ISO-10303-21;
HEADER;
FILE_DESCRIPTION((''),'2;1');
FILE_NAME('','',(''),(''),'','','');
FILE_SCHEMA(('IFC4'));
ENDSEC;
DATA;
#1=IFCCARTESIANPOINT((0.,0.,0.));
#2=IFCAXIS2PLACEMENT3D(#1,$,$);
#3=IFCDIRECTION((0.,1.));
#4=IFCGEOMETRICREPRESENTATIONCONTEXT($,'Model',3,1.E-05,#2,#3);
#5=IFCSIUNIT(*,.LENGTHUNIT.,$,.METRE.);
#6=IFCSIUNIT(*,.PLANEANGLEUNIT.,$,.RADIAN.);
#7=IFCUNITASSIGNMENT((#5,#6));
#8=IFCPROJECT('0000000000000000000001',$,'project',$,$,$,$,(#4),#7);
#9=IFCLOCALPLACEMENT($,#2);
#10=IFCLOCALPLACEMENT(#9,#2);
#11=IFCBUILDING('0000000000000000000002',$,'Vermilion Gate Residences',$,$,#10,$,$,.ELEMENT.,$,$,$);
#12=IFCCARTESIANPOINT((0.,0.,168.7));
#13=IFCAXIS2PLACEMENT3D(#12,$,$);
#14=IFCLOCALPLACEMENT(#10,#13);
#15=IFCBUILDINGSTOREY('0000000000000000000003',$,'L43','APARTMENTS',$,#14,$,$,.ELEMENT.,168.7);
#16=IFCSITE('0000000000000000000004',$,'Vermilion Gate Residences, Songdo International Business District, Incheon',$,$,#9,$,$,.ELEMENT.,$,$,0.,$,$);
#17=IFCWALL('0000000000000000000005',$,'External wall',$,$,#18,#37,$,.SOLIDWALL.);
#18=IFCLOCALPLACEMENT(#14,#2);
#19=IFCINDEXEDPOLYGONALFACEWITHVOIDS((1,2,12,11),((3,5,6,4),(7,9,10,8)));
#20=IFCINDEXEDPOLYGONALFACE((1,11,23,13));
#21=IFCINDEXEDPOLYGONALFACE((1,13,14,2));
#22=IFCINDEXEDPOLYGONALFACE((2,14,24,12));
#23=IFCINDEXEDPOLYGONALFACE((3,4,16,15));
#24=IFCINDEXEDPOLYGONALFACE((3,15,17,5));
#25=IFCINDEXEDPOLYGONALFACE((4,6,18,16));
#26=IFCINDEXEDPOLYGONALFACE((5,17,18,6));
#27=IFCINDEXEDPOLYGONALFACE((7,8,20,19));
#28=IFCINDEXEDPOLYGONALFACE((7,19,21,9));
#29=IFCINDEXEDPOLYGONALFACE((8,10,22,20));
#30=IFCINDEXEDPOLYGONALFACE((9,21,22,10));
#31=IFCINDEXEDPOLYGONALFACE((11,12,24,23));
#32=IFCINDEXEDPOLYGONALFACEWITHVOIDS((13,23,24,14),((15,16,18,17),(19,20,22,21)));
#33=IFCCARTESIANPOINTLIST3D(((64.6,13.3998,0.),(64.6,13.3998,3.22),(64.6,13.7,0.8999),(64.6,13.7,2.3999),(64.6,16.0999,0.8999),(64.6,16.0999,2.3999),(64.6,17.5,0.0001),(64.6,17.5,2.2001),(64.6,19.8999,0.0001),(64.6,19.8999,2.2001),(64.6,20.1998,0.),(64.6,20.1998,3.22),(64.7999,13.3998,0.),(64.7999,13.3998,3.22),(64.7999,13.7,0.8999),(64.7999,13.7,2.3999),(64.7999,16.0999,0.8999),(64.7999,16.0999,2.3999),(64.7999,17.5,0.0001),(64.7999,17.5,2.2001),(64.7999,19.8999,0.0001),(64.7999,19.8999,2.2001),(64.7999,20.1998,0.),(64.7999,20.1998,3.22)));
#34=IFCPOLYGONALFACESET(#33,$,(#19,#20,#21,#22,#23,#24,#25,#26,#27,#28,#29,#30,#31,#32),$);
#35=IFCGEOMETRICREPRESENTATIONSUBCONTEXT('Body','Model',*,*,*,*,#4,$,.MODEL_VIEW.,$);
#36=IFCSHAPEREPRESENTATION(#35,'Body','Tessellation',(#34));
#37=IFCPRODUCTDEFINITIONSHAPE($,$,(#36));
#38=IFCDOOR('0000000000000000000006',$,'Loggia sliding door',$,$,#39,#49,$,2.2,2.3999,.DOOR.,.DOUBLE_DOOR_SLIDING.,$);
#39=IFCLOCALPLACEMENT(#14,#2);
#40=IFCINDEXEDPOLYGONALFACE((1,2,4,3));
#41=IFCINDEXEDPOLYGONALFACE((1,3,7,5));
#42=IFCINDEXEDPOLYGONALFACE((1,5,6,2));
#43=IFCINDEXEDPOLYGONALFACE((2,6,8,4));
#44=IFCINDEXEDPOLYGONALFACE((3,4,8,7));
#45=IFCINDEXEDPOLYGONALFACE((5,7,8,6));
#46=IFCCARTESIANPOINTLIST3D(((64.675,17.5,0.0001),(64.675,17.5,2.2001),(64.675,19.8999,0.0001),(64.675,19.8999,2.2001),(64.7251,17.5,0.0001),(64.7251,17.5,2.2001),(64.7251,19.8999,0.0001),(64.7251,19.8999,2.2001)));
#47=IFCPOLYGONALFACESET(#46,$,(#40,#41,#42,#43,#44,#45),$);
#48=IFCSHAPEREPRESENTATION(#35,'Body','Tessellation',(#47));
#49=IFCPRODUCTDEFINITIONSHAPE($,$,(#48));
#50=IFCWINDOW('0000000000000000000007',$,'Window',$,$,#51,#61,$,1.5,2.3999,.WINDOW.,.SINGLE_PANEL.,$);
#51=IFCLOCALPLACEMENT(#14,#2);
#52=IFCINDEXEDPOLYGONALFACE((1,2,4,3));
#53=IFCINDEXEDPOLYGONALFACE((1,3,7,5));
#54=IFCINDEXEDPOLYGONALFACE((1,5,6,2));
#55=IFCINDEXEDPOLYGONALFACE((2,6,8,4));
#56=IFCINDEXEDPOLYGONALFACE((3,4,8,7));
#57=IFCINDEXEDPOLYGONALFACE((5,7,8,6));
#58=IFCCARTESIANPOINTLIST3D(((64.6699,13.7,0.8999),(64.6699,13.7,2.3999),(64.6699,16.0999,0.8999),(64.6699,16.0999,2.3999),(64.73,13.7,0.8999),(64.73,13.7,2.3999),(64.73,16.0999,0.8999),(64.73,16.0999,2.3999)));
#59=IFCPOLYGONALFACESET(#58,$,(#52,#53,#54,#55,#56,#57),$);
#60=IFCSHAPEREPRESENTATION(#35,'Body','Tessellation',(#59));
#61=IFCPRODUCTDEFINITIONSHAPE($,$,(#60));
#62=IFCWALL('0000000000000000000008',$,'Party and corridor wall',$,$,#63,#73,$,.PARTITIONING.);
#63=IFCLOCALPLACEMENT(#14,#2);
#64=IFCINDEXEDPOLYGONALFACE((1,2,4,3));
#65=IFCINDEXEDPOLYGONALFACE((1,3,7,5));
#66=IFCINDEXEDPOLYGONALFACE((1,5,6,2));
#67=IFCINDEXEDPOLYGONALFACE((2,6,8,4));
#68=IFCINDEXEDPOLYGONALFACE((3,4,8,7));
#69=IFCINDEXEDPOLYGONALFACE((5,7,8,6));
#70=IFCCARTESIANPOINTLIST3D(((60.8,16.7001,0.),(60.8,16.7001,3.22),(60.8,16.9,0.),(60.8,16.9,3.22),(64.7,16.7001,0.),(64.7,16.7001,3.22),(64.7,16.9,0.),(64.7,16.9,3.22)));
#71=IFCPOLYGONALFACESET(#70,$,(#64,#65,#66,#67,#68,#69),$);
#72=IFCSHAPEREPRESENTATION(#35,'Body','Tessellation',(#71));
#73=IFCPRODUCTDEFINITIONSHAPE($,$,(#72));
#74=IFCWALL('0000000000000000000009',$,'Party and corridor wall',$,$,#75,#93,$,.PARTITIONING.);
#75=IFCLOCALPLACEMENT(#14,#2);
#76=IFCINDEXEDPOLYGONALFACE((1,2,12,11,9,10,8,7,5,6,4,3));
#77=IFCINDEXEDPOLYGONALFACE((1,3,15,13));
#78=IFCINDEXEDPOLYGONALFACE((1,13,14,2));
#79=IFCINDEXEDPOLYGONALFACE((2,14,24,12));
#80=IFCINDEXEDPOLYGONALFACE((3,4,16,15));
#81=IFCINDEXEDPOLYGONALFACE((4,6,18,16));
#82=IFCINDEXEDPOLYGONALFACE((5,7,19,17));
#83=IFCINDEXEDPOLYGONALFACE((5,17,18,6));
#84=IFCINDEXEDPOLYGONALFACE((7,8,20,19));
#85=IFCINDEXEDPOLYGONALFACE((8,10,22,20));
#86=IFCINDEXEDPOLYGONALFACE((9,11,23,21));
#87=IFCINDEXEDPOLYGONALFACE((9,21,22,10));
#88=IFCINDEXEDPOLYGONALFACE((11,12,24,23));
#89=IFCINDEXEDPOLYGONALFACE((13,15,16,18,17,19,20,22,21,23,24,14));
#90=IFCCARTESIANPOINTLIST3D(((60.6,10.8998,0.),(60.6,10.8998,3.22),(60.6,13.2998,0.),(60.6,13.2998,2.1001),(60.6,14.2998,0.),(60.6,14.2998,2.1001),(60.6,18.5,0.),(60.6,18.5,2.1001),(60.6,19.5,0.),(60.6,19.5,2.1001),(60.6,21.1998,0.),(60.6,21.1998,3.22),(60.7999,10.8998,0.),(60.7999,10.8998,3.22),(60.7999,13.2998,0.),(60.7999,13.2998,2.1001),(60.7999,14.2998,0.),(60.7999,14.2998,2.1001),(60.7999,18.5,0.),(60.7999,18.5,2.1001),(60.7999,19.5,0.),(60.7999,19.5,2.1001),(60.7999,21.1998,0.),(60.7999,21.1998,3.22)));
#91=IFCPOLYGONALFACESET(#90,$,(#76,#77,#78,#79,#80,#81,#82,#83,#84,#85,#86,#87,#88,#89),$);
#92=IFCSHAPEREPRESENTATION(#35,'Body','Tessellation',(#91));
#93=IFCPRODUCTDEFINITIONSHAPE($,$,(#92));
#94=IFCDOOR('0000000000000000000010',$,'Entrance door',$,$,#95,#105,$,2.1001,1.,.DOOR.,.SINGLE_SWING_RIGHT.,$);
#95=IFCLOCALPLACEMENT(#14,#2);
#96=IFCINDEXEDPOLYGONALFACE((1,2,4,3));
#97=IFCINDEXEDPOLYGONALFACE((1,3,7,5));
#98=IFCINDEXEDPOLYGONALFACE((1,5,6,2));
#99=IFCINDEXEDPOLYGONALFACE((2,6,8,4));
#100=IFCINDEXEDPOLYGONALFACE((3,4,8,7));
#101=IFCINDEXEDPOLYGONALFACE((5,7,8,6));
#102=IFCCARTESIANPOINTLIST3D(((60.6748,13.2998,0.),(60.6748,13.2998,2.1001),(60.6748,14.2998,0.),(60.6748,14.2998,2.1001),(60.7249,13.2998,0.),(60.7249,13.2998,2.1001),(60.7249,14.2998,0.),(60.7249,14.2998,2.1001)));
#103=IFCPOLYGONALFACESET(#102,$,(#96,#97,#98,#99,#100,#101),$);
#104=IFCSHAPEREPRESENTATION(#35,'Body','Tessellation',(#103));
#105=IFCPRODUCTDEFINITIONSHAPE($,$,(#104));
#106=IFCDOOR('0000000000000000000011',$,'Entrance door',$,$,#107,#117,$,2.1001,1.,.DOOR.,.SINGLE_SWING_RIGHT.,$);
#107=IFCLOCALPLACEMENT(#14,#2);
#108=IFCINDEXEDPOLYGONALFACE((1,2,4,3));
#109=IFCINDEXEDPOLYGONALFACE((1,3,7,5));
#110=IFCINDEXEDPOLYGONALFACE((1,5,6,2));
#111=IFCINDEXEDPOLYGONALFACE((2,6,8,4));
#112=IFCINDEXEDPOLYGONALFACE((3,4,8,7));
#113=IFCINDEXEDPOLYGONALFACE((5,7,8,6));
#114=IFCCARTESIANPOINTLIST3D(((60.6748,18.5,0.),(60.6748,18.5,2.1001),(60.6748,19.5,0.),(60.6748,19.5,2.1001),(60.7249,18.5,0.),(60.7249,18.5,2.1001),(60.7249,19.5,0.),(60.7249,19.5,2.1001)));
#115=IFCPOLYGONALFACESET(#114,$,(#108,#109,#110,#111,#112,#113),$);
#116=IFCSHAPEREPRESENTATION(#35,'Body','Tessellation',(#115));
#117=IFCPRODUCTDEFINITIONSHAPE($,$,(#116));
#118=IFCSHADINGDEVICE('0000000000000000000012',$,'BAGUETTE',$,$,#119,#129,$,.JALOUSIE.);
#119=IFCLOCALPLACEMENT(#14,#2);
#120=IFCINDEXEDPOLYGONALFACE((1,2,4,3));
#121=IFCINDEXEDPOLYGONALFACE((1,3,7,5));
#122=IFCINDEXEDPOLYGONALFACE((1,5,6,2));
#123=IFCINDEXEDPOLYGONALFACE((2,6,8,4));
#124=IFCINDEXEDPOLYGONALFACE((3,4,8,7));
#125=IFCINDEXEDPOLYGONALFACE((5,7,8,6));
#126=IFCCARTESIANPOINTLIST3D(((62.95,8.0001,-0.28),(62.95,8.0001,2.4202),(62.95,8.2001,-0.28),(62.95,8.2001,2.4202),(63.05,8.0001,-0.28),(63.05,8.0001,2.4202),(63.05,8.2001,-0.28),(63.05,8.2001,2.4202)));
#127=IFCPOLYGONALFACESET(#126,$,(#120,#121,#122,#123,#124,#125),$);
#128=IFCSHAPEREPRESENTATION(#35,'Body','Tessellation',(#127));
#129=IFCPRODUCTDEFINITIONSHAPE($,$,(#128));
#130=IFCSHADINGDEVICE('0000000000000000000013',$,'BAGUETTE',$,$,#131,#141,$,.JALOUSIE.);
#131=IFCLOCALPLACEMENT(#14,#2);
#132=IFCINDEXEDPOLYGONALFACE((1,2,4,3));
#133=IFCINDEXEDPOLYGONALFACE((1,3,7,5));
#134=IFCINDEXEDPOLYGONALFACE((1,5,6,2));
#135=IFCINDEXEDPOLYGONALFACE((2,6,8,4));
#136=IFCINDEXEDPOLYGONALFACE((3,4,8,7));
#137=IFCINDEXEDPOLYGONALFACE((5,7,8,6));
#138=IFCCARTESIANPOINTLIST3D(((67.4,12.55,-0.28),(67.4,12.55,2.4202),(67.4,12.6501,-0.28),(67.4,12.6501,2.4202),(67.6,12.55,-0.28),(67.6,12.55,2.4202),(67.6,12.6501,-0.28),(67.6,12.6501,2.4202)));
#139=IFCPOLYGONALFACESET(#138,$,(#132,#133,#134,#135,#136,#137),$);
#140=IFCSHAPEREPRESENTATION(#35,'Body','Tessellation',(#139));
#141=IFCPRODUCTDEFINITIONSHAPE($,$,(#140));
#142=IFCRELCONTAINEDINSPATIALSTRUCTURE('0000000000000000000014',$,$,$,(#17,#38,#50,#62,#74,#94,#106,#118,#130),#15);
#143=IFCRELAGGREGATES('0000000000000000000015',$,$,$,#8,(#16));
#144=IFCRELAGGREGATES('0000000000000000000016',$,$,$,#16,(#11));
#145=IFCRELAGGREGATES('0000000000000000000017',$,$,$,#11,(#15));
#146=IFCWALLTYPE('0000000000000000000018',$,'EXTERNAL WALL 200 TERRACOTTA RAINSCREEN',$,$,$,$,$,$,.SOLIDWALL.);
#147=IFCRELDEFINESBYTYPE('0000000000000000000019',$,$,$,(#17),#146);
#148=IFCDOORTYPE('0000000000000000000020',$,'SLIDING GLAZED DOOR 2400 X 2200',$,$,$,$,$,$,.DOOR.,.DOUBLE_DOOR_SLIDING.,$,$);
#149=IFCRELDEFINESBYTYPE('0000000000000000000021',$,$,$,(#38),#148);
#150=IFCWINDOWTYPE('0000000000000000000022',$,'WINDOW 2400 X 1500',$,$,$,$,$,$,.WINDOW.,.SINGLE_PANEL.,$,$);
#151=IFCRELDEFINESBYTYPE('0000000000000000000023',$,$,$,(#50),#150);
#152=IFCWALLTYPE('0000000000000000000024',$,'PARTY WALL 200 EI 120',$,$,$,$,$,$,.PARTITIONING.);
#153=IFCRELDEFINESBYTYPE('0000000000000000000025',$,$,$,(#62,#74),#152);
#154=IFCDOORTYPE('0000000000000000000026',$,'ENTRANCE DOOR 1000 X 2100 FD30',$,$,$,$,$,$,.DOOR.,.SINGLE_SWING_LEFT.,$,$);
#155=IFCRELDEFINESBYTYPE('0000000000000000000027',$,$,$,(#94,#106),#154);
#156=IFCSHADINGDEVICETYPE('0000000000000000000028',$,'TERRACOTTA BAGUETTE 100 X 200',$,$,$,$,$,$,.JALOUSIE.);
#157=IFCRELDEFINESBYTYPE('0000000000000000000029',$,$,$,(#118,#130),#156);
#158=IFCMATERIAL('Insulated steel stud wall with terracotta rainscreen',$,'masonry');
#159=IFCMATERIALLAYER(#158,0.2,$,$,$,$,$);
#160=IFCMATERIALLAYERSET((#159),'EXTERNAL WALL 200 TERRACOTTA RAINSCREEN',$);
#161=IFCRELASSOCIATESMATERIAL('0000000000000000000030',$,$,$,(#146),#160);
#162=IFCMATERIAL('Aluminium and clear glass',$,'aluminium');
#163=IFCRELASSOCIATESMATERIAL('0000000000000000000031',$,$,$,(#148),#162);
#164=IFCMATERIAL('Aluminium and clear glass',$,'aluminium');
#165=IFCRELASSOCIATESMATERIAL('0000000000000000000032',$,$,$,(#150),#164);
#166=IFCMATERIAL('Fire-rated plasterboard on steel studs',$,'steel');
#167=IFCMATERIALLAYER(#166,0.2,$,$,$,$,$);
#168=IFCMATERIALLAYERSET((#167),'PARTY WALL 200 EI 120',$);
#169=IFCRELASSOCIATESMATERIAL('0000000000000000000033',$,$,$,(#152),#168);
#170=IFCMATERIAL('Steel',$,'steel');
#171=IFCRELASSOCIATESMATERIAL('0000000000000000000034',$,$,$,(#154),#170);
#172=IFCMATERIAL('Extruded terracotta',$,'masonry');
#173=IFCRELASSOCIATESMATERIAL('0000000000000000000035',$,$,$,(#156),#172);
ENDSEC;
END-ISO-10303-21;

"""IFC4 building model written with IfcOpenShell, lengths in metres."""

from ifc_helpers import new_model, si_unit, direction, frame, frame_2d, origin, origin_2d, place, context, subcontext, project, spatial, rectangle, extrude, material, layer, layer_set, material_profile, profile_set, type_object, element, fill, save


model = new_model("IFC4")

# Units and contexts
model_context = context("Model", 3, precision=1e-05, world=origin(), true_north=direction((0.0, 1.0)))
body_context = subcontext(model_context, "Body", "Model", "MODEL_VIEW")
ifc_project = project(units=[si_unit("LENGTHUNIT", "METRE"), si_unit("PLANEANGLEUNIT", "RADIAN")], contexts=[model_context])

# Site, building, storey
site_placement = place(None, origin())
site = spatial("IfcSite", under=ifc_project, at=site_placement, Name="Vermilion Gate Residences, Songdo International Business District, Incheon", CompositionType="ELEMENT", RefElevation=0.0)
building_placement = place(site_placement, origin())
building = spatial("IfcBuilding", under=site, at=building_placement, Name="Vermilion Gate Residences", CompositionType="ELEMENT")
storey_placement = place(building_placement, frame((0.0, 0.0, 168.7)))
storey = spatial("IfcBuildingStorey", under=building, at=storey_placement, Name="L43", Description="APARTMENTS", CompositionType="ELEMENT", Elevation=168.7)

# Shared definitions
ifc_material_1 = material(Name="Insulated steel stud wall with terracotta rainscreen", Category="masonry")
ifc_layer_1 = layer(ifc_material_1, 0.2)
ifc_layer_set_1 = layer_set([ifc_layer_1], Name="EXTERNAL WALL 200 TERRACOTTA RAINSCREEN")
wall_type_1 = type_object("IfcWallType", Name="EXTERNAL WALL 200 TERRACOTTA RAINSCREEN", PredefinedType="SOLIDWALL", material=ifc_layer_set_1)

# Wall, openings, door, window
wall_1_placement = place(storey_placement, frame((64.7, 13.3999, 0.0), z_axis=(0.0, 0.0, 1.0), x_axis=(0.0, 1.0, 0.0)))
wall_1 = element("IfcWall", 1, at=wall_1_placement, inside=storey, type_object=wall_type_1, Name="External wall", PredefinedType="SOLIDWALL", context=body_context, shape_type="SweptSolid", body=[
    extrude(rectangle(XDim=6.8, YDim=0.2, at=frame_2d((3.3999, 0.0))), origin(), (0.0, 0.0, 1.0), 3.22),
])
opening_1_placement = place(wall_1_placement, frame((0.3, 0.0, 0.8999)))
opening_1 = element("IfcOpeningElement", 2, at=opening_1_placement, cuts=wall_1, PredefinedType="OPENING", context=body_context, shape_type="SweptSolid", body=[
    extrude(rectangle(XDim=2.3999, YDim=1.5, at=frame_2d((1.2, 0.75))), frame((0.0, 0.1099, 0.0), z_axis=(0.0, -1.0, 0.0), x_axis=(1.0, 0.0, 0.0)), (0.0, 0.0, 1.0), 0.22),
])
opening_2_placement = place(wall_1_placement, frame((4.1001, 0.0, 0.0)))
opening_2 = element("IfcOpeningElement", 3, at=opening_2_placement, cuts=wall_1, PredefinedType="OPENING", context=body_context, shape_type="SweptSolid", body=[
    extrude(rectangle(XDim=2.3999, YDim=2.2, at=frame_2d((1.2, 1.1001))), frame((0.0, 0.1099, 0.0), z_axis=(0.0, -1.0, 0.0), x_axis=(1.0, 0.0, 0.0)), (0.0, 0.0, 1.0), 0.22),
])
ifc_material_2 = material(Name="Aluminium and clear glass", Category="aluminium")
door_type_1 = type_object("IfcDoorType", Name="SLIDING GLAZED DOOR 2400 X 2200", OperationType="DOUBLE_DOOR_SLIDING", PredefinedType="DOOR", material=ifc_material_2)
door_1_placement = place(opening_2_placement, origin())
door_1 = element("IfcDoor", 4, at=door_1_placement, inside=storey, type_object=door_type_1, Name="Loggia sliding door", OperationType="DOUBLE_DOOR_SLIDING", OverallHeight=2.2, OverallWidth=2.3999, PredefinedType="DOOR", context=body_context, shape_type="SweptSolid", body=[
    extrude(rectangle(XDim=2.3999, YDim=2.2, at=frame_2d((1.2, 1.1001))), frame((0.0, 0.0249, 0.0), z_axis=(0.0, -1.0, 0.0), x_axis=(1.0, 0.0, 0.0)), (0.0, 0.0, 1.0), 0.05),
])
fill(opening_2, door_1)
ifc_material_3 = material(Name="Aluminium and clear glass", Category="aluminium")
window_type_1 = type_object("IfcWindowType", Name="WINDOW 2400 X 1500", PartitioningType="SINGLE_PANEL", PredefinedType="WINDOW", material=ifc_material_3)
window_1_placement = place(opening_1_placement, origin())
window_1 = element("IfcWindow", 5, at=window_1_placement, inside=storey, type_object=window_type_1, Name="Window", OverallHeight=1.5, OverallWidth=2.3999, PartitioningType="SINGLE_PANEL", PredefinedType="WINDOW", context=body_context, shape_type="SweptSolid", body=[
    extrude(rectangle(XDim=2.3999, YDim=1.5, at=frame_2d((1.2, 0.75))), frame((0.0, 0.03, 0.0), z_axis=(0.0, -1.0, 0.0), x_axis=(1.0, 0.0, 0.0)), (0.0, 0.0, 1.0), 0.0601),
])
fill(opening_1, window_1)

# Wall
ifc_material_4 = material(Name="Fire-rated plasterboard on steel studs", Category="steel")
ifc_layer_2 = layer(ifc_material_4, 0.2)
ifc_layer_set_2 = layer_set([ifc_layer_2], Name="PARTY WALL 200 EI 120")
wall_type_2 = type_object("IfcWallType", Name="PARTY WALL 200 EI 120", PredefinedType="PARTITIONING", material=ifc_layer_set_2)
wall_2_placement = place(storey_placement, frame((60.8, 16.8, 0.0), z_axis=(0.0, 0.0, 1.0), x_axis=(1.0, 0.0, 0.0)))
element("IfcWall", 6, at=wall_2_placement, inside=storey, type_object=wall_type_2, Name="Party and corridor wall", PredefinedType="PARTITIONING", context=body_context, shape_type="SweptSolid", body=[
    extrude(rectangle(XDim=3.8999, YDim=0.2, at=frame_2d((1.95, 0.0))), origin(), (0.0, 0.0, 1.0), 3.22),
])

# Wall, openings, doors
wall_3_placement = place(storey_placement, frame((60.7, 10.8999, 0.0), z_axis=(0.0, 0.0, 1.0), x_axis=(0.0, 1.0, 0.0)))
wall_3 = element("IfcWall", 7, at=wall_3_placement, inside=storey, type_object=wall_type_2, Name="Party and corridor wall", PredefinedType="PARTITIONING", context=body_context, shape_type="SweptSolid", body=[
    extrude(rectangle(XDim=10.3, YDim=0.2, at=frame_2d((5.1499, 0.0))), origin(), (0.0, 0.0, 1.0), 3.22),
])
opening_3_placement = place(wall_3_placement, frame((2.3999, 0.0, 0.0)))
opening_3 = element("IfcOpeningElement", 8, at=opening_3_placement, cuts=wall_3, PredefinedType="OPENING", context=body_context, shape_type="SweptSolid", body=[
    extrude(rectangle(XDim=1.0, YDim=2.1001, at=frame_2d((0.5, 1.05))), frame((0.0, 0.1099, 0.0), z_axis=(0.0, -1.0, 0.0), x_axis=(1.0, 0.0, 0.0)), (0.0, 0.0, 1.0), 0.22),
])
opening_4_placement = place(wall_3_placement, frame((7.6001, 0.0, 0.0)))
opening_4 = element("IfcOpeningElement", 9, at=opening_4_placement, cuts=wall_3, PredefinedType="OPENING", context=body_context, shape_type="SweptSolid", body=[
    extrude(rectangle(XDim=1.0, YDim=2.1001, at=frame_2d((0.5, 1.05))), frame((0.0, 0.1099, 0.0), z_axis=(0.0, -1.0, 0.0), x_axis=(1.0, 0.0, 0.0)), (0.0, 0.0, 1.0), 0.22),
])
ifc_material_5 = material(Name="Steel", Category="steel")
door_type_2 = type_object("IfcDoorType", Name="ENTRANCE DOOR 1000 X 2100 FD30", OperationType="SINGLE_SWING_LEFT", PredefinedType="DOOR", material=ifc_material_5)
door_2_placement = place(opening_3_placement, frame((1.0, 0.0, 0.0), z_axis=(0.0, 0.0, 1.0), x_axis=(-1.0, 0.0, 0.0)))
door_2 = element("IfcDoor", 10, at=door_2_placement, inside=storey, type_object=door_type_2, Name="Entrance door", OperationType="SINGLE_SWING_RIGHT", OverallHeight=2.1001, OverallWidth=1.0, PredefinedType="DOOR", context=body_context, shape_type="SweptSolid", body=[
    extrude(rectangle(XDim=1.0, YDim=2.1001, at=frame_2d((0.5, 1.05))), frame((0.0, 0.0249, 0.0), z_axis=(0.0, -1.0, 0.0), x_axis=(1.0, 0.0, 0.0)), (0.0, 0.0, 1.0), 0.05),
])
fill(opening_3, door_2)
door_3_placement = place(opening_4_placement, frame((1.0, 0.0, 0.0), z_axis=(0.0, 0.0, 1.0), x_axis=(-1.0, 0.0, 0.0)))
door_3 = element("IfcDoor", 11, at=door_3_placement, inside=storey, type_object=door_type_2, Name="Entrance door", OperationType="SINGLE_SWING_RIGHT", OverallHeight=2.1001, OverallWidth=1.0, PredefinedType="DOOR", context=body_context, shape_type="SweptSolid", body=[
    extrude(rectangle(XDim=1.0, YDim=2.1001, at=frame_2d((0.5, 1.05))), frame((0.0, 0.0249, 0.0), z_axis=(0.0, -1.0, 0.0), x_axis=(1.0, 0.0, 0.0)), (0.0, 0.0, 1.0), 0.05),
])
fill(opening_4, door_3)

# Shading devices
ifc_material_6 = material(Name="Extruded terracotta", Category="masonry")
ifc_material_profile_1 = material_profile(ifc_material_6, rectangle(XDim=0.2, YDim=0.1001, at=origin_2d()), Name="BAGUETTE 100 X 200")
ifc_profile_set_1 = profile_set([ifc_material_profile_1], Name="Extruded terracotta")
shading_device_type = type_object("IfcShadingDeviceType", Name="TERRACOTTA BAGUETTE 100 X 200", PredefinedType="JALOUSIE", material=ifc_profile_set_1)
for number, where, z_axis, x_axis, name in (
    (12, (63.0, 8.1001, -0.28), (0.0, 0.0, 1.0), (0.0, 1.0, 0.0), "BAGUETTE"),
    (13, (67.5, 12.6001, -0.28), (0.0, 0.0, 1.0), (-1.0, 0.0, 0.0), "BAGUETTE"),
):
    element("IfcShadingDevice", number, at=place(storey_placement, frame(where, z_axis=z_axis, x_axis=x_axis)), inside=storey, type_object=shading_device_type, Name=name, PredefinedType="JALOUSIE", context=body_context, shape_type="SweptSolid", body=[
        extrude(rectangle(XDim=0.2, YDim=0.1001, at=origin_2d()), origin(), (0.0, 0.0, 1.0), 2.7002),
    ])

save(model, "model.ifc")
